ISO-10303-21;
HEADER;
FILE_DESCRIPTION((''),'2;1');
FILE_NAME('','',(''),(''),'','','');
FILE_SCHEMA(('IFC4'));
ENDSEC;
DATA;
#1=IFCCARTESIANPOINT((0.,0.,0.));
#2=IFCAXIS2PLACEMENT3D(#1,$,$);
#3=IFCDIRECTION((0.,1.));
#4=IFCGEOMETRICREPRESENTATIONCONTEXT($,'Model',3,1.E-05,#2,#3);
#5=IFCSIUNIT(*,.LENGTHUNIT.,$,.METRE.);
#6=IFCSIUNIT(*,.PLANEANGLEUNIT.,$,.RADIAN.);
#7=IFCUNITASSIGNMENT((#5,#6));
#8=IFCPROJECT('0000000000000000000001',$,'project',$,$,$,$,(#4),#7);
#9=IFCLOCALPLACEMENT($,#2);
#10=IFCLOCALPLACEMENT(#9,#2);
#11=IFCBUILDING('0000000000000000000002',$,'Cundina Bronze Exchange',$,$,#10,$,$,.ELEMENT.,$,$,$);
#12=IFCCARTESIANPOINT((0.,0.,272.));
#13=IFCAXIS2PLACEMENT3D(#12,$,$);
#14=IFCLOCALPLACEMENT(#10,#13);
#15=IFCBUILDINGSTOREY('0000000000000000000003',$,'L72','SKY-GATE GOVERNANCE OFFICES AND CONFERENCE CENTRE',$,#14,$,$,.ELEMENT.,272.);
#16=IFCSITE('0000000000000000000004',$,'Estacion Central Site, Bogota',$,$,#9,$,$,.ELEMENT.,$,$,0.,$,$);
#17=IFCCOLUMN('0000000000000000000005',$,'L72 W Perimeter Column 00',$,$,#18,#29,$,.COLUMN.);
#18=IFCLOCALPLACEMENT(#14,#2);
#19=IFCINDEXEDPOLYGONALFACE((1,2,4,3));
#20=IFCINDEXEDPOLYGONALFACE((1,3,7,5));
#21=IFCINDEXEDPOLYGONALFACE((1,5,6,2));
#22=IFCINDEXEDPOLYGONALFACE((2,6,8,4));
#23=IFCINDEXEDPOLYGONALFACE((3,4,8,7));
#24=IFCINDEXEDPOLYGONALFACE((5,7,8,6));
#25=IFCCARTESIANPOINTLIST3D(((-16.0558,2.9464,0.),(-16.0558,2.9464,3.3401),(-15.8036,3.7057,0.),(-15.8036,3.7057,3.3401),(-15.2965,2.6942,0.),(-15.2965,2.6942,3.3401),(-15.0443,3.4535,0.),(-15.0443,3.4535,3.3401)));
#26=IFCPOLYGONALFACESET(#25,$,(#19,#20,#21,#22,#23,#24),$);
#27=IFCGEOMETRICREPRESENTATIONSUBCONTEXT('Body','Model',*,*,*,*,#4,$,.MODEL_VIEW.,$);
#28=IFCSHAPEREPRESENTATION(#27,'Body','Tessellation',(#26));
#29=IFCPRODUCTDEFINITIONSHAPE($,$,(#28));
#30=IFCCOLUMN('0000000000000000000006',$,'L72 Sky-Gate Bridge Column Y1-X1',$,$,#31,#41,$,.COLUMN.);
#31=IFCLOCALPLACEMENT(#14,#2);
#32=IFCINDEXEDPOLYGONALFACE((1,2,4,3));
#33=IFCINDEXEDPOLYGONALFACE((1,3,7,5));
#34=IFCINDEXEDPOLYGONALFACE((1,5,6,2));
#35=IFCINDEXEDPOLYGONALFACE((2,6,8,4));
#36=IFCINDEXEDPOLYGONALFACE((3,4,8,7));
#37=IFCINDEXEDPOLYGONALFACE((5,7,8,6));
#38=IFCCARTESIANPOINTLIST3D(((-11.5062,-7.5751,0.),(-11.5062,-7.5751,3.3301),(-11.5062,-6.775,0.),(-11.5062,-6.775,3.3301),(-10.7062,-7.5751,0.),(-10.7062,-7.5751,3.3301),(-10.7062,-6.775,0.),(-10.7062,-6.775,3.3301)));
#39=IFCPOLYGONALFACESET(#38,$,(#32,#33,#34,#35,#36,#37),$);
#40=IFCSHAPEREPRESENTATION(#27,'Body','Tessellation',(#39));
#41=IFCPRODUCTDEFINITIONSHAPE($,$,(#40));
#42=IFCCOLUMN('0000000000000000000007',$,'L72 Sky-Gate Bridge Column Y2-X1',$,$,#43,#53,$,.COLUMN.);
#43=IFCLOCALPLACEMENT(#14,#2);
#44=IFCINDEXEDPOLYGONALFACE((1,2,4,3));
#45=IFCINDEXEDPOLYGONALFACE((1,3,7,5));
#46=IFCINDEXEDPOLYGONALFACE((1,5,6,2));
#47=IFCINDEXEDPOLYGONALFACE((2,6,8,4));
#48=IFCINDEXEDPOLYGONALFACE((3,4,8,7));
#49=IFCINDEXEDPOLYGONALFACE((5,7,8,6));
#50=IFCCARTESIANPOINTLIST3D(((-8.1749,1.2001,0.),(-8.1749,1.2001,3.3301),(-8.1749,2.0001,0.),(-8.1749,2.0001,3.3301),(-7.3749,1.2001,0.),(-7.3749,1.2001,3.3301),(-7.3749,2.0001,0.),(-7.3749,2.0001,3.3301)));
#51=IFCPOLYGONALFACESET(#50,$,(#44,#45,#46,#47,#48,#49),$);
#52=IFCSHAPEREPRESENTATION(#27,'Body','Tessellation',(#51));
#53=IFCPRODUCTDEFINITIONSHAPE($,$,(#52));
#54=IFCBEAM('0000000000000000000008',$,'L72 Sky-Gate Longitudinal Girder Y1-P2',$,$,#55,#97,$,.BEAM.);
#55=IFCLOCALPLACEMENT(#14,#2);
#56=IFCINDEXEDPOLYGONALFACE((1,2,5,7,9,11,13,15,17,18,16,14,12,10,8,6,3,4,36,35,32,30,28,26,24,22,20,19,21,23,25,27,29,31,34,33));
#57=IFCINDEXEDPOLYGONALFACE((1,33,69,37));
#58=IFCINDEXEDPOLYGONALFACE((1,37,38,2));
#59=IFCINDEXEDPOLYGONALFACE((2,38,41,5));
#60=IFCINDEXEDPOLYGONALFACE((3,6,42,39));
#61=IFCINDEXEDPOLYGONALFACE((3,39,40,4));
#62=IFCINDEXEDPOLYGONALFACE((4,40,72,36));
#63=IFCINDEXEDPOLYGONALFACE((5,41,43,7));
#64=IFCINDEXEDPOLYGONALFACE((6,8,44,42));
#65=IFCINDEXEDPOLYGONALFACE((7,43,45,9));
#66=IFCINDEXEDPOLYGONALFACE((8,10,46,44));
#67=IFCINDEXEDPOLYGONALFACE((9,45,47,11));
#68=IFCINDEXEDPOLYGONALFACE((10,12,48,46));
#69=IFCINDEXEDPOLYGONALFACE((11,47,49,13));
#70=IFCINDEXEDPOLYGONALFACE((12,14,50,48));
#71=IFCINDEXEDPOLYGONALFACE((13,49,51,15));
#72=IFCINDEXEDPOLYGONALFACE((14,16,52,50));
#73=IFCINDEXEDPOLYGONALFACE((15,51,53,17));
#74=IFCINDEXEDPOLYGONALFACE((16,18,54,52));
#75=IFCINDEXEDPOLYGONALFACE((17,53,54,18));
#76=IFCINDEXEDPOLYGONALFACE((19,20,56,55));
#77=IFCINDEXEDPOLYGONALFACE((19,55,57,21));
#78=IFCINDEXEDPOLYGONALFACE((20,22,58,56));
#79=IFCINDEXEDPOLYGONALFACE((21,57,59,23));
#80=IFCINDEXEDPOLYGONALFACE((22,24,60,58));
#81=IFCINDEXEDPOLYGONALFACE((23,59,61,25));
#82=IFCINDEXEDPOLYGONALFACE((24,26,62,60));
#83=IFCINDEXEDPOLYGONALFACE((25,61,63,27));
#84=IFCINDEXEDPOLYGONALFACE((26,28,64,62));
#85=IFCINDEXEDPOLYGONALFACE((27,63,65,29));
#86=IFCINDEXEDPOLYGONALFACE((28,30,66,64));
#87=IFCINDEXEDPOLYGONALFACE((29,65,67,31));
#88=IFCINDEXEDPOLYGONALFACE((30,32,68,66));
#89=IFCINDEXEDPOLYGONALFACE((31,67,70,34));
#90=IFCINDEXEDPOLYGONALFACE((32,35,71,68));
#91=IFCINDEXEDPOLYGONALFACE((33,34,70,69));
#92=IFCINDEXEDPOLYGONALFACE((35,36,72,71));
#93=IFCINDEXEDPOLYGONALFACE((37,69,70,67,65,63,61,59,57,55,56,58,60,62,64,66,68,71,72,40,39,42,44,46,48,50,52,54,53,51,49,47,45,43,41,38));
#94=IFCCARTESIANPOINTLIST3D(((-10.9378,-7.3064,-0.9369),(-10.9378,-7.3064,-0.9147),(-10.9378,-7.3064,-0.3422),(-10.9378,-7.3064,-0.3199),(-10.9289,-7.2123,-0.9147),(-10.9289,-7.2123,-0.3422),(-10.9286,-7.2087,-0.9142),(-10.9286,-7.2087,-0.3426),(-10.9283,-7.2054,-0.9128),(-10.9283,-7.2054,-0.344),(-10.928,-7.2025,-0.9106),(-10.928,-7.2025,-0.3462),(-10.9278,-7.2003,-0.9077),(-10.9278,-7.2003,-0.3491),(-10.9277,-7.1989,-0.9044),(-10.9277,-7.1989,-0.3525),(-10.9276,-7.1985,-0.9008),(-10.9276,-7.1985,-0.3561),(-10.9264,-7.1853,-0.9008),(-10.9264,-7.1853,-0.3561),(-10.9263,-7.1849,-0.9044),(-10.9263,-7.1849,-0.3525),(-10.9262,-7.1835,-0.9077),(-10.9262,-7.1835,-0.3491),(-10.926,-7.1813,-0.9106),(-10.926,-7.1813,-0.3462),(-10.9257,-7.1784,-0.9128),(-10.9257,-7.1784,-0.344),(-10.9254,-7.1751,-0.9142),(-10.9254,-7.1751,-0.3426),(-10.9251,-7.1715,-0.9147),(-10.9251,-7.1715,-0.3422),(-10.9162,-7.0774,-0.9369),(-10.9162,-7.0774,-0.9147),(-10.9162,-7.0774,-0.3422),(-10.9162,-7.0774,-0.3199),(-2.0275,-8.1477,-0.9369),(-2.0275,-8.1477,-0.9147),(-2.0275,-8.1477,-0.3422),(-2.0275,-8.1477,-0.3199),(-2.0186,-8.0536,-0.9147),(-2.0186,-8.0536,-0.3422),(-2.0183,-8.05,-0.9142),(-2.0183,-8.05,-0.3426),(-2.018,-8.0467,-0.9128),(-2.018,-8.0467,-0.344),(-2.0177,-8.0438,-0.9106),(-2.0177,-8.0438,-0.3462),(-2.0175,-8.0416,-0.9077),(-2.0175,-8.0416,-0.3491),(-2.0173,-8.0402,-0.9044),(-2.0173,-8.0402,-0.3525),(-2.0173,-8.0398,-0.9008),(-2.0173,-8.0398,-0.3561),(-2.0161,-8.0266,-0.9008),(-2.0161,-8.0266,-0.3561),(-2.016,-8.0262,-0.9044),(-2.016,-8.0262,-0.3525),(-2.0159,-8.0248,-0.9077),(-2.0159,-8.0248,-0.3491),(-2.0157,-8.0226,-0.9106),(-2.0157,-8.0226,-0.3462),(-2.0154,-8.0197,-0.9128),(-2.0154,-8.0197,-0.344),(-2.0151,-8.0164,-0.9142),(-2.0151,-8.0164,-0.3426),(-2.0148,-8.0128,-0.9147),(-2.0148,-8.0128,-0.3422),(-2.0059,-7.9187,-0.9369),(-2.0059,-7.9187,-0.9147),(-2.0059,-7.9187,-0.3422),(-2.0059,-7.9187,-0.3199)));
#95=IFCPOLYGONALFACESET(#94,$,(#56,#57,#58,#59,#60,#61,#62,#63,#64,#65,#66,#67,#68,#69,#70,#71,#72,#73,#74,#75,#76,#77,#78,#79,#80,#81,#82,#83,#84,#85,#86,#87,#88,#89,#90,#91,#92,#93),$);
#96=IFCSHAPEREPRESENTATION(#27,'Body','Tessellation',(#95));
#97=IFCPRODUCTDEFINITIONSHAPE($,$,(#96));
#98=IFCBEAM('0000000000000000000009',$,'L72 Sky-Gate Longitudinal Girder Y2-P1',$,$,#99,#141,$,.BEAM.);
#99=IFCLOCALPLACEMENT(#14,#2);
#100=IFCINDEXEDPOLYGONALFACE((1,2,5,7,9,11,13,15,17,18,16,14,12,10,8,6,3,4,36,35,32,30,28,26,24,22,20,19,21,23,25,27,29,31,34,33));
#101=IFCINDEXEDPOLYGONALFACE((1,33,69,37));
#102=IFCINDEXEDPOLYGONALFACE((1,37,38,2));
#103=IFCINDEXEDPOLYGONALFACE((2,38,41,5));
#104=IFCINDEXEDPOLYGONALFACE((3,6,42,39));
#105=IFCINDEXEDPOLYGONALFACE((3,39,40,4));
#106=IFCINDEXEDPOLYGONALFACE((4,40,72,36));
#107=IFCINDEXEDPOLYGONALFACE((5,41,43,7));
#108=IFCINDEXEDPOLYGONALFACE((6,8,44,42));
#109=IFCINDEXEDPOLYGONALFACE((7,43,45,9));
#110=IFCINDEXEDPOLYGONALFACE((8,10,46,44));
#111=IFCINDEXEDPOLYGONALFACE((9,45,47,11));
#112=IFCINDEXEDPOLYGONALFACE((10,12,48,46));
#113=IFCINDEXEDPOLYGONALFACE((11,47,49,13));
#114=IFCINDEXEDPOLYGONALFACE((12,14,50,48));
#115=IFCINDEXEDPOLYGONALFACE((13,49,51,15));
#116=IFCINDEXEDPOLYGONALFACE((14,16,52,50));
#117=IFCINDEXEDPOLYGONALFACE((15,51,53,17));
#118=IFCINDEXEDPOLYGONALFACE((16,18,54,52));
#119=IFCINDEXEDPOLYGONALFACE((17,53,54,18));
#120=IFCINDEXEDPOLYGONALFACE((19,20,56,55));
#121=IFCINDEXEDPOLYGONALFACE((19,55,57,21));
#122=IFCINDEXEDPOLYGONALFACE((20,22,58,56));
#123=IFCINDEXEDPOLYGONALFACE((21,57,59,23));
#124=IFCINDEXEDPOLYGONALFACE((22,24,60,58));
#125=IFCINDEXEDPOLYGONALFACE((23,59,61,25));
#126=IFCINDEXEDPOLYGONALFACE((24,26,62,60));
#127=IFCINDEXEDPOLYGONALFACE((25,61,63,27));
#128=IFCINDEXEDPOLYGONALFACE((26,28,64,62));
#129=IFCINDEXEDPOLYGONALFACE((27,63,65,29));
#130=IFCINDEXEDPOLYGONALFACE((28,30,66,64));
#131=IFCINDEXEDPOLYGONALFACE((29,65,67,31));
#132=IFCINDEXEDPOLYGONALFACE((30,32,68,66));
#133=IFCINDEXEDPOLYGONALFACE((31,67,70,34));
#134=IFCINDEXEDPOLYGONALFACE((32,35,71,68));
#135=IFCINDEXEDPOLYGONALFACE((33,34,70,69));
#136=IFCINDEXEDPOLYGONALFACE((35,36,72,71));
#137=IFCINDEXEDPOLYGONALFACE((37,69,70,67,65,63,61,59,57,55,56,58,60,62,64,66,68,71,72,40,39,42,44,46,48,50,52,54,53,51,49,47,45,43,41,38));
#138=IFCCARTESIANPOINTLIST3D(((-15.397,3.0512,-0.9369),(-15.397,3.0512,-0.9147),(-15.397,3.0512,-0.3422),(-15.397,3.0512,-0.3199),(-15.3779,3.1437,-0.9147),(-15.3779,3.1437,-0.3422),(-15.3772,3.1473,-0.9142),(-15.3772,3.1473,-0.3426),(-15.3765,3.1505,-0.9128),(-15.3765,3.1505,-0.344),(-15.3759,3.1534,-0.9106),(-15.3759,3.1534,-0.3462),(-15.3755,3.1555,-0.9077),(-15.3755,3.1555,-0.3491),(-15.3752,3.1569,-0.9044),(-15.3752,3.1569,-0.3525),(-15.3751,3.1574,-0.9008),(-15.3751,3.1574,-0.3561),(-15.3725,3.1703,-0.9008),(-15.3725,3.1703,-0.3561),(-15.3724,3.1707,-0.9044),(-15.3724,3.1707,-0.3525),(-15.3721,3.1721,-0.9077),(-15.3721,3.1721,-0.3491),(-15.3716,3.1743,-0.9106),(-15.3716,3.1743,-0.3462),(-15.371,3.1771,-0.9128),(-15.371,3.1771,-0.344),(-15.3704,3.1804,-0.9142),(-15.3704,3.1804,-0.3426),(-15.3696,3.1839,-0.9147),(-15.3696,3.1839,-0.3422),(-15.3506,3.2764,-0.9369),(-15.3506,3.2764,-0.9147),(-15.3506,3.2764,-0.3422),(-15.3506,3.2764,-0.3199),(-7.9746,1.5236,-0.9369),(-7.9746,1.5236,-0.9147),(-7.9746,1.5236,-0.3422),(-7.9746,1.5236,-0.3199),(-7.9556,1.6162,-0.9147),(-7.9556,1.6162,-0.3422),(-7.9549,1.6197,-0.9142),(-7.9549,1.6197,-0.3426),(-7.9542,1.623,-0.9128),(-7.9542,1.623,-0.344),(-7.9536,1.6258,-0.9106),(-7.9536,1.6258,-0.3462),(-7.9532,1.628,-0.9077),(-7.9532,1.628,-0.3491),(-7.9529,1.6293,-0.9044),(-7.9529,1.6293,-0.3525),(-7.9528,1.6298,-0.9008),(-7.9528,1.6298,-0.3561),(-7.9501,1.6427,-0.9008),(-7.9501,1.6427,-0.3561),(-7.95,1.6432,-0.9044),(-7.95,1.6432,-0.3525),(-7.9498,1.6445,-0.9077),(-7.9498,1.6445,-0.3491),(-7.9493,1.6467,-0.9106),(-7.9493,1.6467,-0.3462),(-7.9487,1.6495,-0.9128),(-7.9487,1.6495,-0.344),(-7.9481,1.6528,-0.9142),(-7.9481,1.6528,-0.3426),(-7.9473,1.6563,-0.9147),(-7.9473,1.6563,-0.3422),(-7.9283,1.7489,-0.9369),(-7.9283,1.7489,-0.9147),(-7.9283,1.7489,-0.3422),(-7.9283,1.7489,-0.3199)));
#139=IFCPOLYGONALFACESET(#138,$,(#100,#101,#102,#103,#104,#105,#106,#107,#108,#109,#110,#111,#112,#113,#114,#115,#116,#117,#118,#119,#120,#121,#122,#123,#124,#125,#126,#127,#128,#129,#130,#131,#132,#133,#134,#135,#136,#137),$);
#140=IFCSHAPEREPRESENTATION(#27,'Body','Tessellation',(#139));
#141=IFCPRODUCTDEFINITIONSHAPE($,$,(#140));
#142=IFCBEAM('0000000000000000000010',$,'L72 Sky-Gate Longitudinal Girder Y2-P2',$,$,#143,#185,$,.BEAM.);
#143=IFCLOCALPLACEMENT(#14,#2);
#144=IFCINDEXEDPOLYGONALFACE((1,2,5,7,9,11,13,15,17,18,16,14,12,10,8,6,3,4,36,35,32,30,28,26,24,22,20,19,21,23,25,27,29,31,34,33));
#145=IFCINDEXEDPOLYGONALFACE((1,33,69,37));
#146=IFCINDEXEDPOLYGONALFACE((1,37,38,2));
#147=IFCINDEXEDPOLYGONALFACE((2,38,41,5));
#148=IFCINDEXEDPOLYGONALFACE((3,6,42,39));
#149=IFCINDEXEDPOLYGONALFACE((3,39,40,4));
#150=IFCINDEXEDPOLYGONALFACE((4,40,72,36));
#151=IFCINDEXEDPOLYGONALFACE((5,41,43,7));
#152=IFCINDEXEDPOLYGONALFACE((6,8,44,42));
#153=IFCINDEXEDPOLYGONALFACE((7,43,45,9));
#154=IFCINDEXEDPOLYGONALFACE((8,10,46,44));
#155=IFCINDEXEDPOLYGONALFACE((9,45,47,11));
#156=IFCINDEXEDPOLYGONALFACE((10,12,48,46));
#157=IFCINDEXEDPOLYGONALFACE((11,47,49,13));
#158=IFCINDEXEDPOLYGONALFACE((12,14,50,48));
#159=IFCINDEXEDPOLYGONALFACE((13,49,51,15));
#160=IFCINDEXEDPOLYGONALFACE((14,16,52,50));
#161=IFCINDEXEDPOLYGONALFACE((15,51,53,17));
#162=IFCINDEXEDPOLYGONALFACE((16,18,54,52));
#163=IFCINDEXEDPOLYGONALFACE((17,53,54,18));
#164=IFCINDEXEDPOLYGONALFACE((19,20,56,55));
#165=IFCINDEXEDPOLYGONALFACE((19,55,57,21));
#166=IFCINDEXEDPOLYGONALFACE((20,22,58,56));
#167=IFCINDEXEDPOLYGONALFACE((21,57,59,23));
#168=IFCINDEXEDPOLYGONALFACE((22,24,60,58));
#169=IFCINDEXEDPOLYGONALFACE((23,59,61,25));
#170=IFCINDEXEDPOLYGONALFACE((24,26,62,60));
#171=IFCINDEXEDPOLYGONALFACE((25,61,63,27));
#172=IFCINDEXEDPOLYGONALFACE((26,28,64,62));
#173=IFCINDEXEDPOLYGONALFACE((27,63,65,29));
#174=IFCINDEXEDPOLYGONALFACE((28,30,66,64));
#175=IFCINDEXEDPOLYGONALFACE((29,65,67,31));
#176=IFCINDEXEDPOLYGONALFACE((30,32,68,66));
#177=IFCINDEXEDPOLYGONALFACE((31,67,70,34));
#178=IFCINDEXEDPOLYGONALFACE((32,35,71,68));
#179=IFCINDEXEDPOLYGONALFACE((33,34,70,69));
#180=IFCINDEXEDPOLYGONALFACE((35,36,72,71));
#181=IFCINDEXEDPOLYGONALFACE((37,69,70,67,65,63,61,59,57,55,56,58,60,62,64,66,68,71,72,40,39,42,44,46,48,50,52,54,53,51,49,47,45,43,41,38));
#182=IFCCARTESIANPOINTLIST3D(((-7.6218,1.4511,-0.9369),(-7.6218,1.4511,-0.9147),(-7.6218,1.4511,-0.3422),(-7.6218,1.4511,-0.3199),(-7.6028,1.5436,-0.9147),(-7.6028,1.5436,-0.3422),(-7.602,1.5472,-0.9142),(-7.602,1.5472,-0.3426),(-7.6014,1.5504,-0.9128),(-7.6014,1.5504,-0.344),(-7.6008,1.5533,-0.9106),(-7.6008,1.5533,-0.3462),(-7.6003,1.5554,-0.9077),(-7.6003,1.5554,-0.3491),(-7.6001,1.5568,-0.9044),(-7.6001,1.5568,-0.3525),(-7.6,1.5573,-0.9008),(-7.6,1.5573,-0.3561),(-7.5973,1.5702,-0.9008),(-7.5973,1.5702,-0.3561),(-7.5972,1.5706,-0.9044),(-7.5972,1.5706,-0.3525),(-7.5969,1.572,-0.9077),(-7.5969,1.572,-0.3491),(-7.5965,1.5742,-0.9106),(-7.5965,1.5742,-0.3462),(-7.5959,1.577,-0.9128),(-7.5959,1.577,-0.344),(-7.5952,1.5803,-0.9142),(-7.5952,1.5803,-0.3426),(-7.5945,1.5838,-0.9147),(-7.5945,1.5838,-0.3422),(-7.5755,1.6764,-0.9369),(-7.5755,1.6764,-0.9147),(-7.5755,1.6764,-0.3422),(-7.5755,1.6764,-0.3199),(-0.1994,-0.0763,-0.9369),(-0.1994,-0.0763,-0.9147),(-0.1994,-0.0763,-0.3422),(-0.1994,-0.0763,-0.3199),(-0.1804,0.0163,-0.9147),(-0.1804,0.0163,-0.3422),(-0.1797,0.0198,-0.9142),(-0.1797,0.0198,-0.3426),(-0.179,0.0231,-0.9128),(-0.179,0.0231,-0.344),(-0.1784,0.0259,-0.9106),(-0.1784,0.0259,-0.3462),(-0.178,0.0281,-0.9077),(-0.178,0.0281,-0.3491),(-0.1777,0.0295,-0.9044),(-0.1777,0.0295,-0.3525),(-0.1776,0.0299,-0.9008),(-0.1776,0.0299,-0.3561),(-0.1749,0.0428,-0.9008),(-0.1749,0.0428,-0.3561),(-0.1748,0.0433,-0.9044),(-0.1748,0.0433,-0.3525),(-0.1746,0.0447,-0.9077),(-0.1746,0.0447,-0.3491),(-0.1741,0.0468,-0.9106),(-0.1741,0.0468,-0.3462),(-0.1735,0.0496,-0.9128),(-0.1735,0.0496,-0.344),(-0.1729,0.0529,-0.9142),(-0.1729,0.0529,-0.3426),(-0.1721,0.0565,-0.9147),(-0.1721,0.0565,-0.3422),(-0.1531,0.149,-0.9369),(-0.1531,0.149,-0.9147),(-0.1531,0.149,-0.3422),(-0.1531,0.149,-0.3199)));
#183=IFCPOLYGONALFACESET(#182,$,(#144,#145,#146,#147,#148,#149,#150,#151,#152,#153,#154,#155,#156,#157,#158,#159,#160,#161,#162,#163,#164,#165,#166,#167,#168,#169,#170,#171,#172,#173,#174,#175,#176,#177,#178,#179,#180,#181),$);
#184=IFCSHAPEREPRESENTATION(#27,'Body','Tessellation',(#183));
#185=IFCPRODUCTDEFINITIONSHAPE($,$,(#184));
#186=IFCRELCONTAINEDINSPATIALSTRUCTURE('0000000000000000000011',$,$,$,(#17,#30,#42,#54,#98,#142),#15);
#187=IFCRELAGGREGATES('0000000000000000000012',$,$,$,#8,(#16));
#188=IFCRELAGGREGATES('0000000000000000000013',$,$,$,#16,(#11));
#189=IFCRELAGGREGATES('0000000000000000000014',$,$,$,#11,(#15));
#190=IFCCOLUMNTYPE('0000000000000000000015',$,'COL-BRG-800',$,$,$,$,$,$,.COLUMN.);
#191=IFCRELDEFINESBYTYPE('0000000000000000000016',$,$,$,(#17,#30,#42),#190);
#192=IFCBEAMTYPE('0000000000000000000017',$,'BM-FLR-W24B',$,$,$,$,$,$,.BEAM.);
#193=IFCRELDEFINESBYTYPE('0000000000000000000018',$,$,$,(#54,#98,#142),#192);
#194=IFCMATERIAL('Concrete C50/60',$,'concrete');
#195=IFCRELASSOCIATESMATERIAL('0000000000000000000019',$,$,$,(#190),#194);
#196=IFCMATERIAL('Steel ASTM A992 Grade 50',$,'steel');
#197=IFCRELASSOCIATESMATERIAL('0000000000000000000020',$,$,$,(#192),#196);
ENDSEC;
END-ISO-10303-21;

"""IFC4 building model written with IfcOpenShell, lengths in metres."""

from ifc_helpers import new_model, si_unit, direction, frame, origin, origin_2d, place, context, subcontext, project, spatial, rectangle, i_section, extrude, material, material_profile, profile_set, type_object, element, save


model = new_model("IFC4")

# Units and contexts
model_context = context("Model", 3, precision=1e-05, world=origin(), true_north=direction((0.0, 1.0)))
body_context = subcontext(model_context, "Body", "Model", "MODEL_VIEW")
ifc_project = project(units=[si_unit("LENGTHUNIT", "METRE"), si_unit("PLANEANGLEUNIT", "RADIAN")], contexts=[model_context])

# Site, building, storey
site_placement = place(None, origin())
site = spatial("IfcSite", under=ifc_project, at=site_placement, Name="Estacion Central Site, Bogota", CompositionType="ELEMENT", RefElevation=0.0)
building_placement = place(site_placement, origin())
building = spatial("IfcBuilding", under=site, at=building_placement, Name="Cundina Bronze Exchange", CompositionType="ELEMENT")
storey_placement = place(building_placement, frame((0.0, 0.0, 272.0)))
storey = spatial("IfcBuildingStorey", under=building, at=storey_placement, Name="L72", Description="SKY-GATE GOVERNANCE OFFICES AND CONFERENCE CENTRE", CompositionType="ELEMENT", Elevation=272.0)

# Columns
ifc_material_1 = material(Name="Concrete C50/60", Category="concrete")
ifc_material_profile_1 = material_profile(ifc_material_1, rectangle(XDim=0.8, YDim=0.8, at=origin_2d()), Name="RC800X800", Category="concrete")
ifc_profile_set_1 = profile_set([ifc_material_profile_1], Name="Concrete C50/60")
column_type = type_object("IfcColumnType", Name="COL-BRG-800", PredefinedType="COLUMN", material=ifc_profile_set_1)
column_placement = place(storey_placement, frame((-15.55, 3.2, 0.0), z_axis=(0.0, 0.0, 1.0), x_axis=(0.315152, 0.949041, 0.0)))
element("IfcColumn", 1, at=column_placement, inside=storey, type_object=column_type, Name="L72 W Perimeter Column 00", PredefinedType="COLUMN", context=body_context, shape_type="SweptSolid", body=[
    extrude(rectangle(XDim=0.8, YDim=0.8, at=origin_2d()), origin(), (0.0, 0.0, 1.0), 3.3401),
])
for number, where, z_axis, x_axis, name in (
    (2, (-11.1062, -7.175, 0.0), (0.0, 0.0, 1.0), (1.0, 0.0, 0.0), "L72 Sky-Gate Bridge Column Y1-X1"),
    (3, (-7.7749, 1.6001, 0.0), (0.0, 0.0, 1.0), (1.0, 0.0, 0.0), "L72 Sky-Gate Bridge Column Y2-X1"),
):
    element("IfcColumn", number, at=place(storey_placement, frame(where, z_axis=z_axis, x_axis=x_axis)), inside=storey, type_object=column_type, Name=name, PredefinedType="COLUMN", context=body_context, shape_type="SweptSolid", body=[
        extrude(rectangle(XDim=0.8, YDim=0.8, at=origin_2d()), origin(), (0.0, 0.0, 1.0), 3.3301),
    ])

# Beams
ifc_material_2 = material(Name="Steel ASTM A992 Grade 50", Category="steel")
ifc_material_profile_2 = material_profile(ifc_material_2, i_section(OverallWidth=0.23, OverallDepth=0.6169, WebThickness=0.0132, FlangeThickness=0.0222, FilletRadius=0.0139, at=origin_2d()), Name="W24X94", Category="steel")
ifc_profile_set_2 = profile_set([ifc_material_profile_2], Name="Steel ASTM A992 Grade 50")
beam_type_1 = type_object("IfcBeamType", Name="BM-FLR-W24B", PredefinedType="BEAM", material=ifc_profile_set_2)
beam_1_placement = place(storey_placement, frame((-10.927, -7.1919, -0.6284), z_axis=(0.995572, -0.094001, 0.0), x_axis=(0.094001, 0.995572, 0.0)))
element("IfcBeam", 4, at=beam_1_placement, inside=storey, type_object=beam_type_1, Name="L72 Sky-Gate Longitudinal Girder Y1-P2", PredefinedType="BEAM", context=body_context, shape_type="SweptSolid", body=[
    extrude(i_section(OverallWidth=0.23, OverallDepth=0.6169, WebThickness=0.0132, FlangeThickness=0.0222, FilletRadius=0.0139, at=origin_2d()), origin(), (0.0, 0.0, 1.0), 8.95),
])
for number, where, z_axis, x_axis, name in (
    (5, (-15.3738, 3.1638, -0.6284), (0.979471, -0.201584, 0.0), (0.201584, 0.979471, 0.0), "L72 Sky-Gate Longitudinal Girder Y2-P1"),
    (6, (-7.5986, 1.5637, -0.6284), (0.979478, -0.201553, 0.0), (0.201553, 0.979478, 0.0), "L72 Sky-Gate Longitudinal Girder Y2-P2"),
):
    element("IfcBeam", number, at=place(storey_placement, frame(where, z_axis=z_axis, x_axis=x_axis)), inside=storey, type_object=beam_type_1, Name=name, PredefinedType="BEAM", context=body_context, shape_type="SweptSolid", body=[
        extrude(i_section(OverallWidth=0.23, OverallDepth=0.6169, WebThickness=0.0132, FlangeThickness=0.0222, FilletRadius=0.0139, at=origin_2d()), origin(), (0.0, 0.0, 1.0), 7.5779),
    ])

save(model, "model.ifc")
